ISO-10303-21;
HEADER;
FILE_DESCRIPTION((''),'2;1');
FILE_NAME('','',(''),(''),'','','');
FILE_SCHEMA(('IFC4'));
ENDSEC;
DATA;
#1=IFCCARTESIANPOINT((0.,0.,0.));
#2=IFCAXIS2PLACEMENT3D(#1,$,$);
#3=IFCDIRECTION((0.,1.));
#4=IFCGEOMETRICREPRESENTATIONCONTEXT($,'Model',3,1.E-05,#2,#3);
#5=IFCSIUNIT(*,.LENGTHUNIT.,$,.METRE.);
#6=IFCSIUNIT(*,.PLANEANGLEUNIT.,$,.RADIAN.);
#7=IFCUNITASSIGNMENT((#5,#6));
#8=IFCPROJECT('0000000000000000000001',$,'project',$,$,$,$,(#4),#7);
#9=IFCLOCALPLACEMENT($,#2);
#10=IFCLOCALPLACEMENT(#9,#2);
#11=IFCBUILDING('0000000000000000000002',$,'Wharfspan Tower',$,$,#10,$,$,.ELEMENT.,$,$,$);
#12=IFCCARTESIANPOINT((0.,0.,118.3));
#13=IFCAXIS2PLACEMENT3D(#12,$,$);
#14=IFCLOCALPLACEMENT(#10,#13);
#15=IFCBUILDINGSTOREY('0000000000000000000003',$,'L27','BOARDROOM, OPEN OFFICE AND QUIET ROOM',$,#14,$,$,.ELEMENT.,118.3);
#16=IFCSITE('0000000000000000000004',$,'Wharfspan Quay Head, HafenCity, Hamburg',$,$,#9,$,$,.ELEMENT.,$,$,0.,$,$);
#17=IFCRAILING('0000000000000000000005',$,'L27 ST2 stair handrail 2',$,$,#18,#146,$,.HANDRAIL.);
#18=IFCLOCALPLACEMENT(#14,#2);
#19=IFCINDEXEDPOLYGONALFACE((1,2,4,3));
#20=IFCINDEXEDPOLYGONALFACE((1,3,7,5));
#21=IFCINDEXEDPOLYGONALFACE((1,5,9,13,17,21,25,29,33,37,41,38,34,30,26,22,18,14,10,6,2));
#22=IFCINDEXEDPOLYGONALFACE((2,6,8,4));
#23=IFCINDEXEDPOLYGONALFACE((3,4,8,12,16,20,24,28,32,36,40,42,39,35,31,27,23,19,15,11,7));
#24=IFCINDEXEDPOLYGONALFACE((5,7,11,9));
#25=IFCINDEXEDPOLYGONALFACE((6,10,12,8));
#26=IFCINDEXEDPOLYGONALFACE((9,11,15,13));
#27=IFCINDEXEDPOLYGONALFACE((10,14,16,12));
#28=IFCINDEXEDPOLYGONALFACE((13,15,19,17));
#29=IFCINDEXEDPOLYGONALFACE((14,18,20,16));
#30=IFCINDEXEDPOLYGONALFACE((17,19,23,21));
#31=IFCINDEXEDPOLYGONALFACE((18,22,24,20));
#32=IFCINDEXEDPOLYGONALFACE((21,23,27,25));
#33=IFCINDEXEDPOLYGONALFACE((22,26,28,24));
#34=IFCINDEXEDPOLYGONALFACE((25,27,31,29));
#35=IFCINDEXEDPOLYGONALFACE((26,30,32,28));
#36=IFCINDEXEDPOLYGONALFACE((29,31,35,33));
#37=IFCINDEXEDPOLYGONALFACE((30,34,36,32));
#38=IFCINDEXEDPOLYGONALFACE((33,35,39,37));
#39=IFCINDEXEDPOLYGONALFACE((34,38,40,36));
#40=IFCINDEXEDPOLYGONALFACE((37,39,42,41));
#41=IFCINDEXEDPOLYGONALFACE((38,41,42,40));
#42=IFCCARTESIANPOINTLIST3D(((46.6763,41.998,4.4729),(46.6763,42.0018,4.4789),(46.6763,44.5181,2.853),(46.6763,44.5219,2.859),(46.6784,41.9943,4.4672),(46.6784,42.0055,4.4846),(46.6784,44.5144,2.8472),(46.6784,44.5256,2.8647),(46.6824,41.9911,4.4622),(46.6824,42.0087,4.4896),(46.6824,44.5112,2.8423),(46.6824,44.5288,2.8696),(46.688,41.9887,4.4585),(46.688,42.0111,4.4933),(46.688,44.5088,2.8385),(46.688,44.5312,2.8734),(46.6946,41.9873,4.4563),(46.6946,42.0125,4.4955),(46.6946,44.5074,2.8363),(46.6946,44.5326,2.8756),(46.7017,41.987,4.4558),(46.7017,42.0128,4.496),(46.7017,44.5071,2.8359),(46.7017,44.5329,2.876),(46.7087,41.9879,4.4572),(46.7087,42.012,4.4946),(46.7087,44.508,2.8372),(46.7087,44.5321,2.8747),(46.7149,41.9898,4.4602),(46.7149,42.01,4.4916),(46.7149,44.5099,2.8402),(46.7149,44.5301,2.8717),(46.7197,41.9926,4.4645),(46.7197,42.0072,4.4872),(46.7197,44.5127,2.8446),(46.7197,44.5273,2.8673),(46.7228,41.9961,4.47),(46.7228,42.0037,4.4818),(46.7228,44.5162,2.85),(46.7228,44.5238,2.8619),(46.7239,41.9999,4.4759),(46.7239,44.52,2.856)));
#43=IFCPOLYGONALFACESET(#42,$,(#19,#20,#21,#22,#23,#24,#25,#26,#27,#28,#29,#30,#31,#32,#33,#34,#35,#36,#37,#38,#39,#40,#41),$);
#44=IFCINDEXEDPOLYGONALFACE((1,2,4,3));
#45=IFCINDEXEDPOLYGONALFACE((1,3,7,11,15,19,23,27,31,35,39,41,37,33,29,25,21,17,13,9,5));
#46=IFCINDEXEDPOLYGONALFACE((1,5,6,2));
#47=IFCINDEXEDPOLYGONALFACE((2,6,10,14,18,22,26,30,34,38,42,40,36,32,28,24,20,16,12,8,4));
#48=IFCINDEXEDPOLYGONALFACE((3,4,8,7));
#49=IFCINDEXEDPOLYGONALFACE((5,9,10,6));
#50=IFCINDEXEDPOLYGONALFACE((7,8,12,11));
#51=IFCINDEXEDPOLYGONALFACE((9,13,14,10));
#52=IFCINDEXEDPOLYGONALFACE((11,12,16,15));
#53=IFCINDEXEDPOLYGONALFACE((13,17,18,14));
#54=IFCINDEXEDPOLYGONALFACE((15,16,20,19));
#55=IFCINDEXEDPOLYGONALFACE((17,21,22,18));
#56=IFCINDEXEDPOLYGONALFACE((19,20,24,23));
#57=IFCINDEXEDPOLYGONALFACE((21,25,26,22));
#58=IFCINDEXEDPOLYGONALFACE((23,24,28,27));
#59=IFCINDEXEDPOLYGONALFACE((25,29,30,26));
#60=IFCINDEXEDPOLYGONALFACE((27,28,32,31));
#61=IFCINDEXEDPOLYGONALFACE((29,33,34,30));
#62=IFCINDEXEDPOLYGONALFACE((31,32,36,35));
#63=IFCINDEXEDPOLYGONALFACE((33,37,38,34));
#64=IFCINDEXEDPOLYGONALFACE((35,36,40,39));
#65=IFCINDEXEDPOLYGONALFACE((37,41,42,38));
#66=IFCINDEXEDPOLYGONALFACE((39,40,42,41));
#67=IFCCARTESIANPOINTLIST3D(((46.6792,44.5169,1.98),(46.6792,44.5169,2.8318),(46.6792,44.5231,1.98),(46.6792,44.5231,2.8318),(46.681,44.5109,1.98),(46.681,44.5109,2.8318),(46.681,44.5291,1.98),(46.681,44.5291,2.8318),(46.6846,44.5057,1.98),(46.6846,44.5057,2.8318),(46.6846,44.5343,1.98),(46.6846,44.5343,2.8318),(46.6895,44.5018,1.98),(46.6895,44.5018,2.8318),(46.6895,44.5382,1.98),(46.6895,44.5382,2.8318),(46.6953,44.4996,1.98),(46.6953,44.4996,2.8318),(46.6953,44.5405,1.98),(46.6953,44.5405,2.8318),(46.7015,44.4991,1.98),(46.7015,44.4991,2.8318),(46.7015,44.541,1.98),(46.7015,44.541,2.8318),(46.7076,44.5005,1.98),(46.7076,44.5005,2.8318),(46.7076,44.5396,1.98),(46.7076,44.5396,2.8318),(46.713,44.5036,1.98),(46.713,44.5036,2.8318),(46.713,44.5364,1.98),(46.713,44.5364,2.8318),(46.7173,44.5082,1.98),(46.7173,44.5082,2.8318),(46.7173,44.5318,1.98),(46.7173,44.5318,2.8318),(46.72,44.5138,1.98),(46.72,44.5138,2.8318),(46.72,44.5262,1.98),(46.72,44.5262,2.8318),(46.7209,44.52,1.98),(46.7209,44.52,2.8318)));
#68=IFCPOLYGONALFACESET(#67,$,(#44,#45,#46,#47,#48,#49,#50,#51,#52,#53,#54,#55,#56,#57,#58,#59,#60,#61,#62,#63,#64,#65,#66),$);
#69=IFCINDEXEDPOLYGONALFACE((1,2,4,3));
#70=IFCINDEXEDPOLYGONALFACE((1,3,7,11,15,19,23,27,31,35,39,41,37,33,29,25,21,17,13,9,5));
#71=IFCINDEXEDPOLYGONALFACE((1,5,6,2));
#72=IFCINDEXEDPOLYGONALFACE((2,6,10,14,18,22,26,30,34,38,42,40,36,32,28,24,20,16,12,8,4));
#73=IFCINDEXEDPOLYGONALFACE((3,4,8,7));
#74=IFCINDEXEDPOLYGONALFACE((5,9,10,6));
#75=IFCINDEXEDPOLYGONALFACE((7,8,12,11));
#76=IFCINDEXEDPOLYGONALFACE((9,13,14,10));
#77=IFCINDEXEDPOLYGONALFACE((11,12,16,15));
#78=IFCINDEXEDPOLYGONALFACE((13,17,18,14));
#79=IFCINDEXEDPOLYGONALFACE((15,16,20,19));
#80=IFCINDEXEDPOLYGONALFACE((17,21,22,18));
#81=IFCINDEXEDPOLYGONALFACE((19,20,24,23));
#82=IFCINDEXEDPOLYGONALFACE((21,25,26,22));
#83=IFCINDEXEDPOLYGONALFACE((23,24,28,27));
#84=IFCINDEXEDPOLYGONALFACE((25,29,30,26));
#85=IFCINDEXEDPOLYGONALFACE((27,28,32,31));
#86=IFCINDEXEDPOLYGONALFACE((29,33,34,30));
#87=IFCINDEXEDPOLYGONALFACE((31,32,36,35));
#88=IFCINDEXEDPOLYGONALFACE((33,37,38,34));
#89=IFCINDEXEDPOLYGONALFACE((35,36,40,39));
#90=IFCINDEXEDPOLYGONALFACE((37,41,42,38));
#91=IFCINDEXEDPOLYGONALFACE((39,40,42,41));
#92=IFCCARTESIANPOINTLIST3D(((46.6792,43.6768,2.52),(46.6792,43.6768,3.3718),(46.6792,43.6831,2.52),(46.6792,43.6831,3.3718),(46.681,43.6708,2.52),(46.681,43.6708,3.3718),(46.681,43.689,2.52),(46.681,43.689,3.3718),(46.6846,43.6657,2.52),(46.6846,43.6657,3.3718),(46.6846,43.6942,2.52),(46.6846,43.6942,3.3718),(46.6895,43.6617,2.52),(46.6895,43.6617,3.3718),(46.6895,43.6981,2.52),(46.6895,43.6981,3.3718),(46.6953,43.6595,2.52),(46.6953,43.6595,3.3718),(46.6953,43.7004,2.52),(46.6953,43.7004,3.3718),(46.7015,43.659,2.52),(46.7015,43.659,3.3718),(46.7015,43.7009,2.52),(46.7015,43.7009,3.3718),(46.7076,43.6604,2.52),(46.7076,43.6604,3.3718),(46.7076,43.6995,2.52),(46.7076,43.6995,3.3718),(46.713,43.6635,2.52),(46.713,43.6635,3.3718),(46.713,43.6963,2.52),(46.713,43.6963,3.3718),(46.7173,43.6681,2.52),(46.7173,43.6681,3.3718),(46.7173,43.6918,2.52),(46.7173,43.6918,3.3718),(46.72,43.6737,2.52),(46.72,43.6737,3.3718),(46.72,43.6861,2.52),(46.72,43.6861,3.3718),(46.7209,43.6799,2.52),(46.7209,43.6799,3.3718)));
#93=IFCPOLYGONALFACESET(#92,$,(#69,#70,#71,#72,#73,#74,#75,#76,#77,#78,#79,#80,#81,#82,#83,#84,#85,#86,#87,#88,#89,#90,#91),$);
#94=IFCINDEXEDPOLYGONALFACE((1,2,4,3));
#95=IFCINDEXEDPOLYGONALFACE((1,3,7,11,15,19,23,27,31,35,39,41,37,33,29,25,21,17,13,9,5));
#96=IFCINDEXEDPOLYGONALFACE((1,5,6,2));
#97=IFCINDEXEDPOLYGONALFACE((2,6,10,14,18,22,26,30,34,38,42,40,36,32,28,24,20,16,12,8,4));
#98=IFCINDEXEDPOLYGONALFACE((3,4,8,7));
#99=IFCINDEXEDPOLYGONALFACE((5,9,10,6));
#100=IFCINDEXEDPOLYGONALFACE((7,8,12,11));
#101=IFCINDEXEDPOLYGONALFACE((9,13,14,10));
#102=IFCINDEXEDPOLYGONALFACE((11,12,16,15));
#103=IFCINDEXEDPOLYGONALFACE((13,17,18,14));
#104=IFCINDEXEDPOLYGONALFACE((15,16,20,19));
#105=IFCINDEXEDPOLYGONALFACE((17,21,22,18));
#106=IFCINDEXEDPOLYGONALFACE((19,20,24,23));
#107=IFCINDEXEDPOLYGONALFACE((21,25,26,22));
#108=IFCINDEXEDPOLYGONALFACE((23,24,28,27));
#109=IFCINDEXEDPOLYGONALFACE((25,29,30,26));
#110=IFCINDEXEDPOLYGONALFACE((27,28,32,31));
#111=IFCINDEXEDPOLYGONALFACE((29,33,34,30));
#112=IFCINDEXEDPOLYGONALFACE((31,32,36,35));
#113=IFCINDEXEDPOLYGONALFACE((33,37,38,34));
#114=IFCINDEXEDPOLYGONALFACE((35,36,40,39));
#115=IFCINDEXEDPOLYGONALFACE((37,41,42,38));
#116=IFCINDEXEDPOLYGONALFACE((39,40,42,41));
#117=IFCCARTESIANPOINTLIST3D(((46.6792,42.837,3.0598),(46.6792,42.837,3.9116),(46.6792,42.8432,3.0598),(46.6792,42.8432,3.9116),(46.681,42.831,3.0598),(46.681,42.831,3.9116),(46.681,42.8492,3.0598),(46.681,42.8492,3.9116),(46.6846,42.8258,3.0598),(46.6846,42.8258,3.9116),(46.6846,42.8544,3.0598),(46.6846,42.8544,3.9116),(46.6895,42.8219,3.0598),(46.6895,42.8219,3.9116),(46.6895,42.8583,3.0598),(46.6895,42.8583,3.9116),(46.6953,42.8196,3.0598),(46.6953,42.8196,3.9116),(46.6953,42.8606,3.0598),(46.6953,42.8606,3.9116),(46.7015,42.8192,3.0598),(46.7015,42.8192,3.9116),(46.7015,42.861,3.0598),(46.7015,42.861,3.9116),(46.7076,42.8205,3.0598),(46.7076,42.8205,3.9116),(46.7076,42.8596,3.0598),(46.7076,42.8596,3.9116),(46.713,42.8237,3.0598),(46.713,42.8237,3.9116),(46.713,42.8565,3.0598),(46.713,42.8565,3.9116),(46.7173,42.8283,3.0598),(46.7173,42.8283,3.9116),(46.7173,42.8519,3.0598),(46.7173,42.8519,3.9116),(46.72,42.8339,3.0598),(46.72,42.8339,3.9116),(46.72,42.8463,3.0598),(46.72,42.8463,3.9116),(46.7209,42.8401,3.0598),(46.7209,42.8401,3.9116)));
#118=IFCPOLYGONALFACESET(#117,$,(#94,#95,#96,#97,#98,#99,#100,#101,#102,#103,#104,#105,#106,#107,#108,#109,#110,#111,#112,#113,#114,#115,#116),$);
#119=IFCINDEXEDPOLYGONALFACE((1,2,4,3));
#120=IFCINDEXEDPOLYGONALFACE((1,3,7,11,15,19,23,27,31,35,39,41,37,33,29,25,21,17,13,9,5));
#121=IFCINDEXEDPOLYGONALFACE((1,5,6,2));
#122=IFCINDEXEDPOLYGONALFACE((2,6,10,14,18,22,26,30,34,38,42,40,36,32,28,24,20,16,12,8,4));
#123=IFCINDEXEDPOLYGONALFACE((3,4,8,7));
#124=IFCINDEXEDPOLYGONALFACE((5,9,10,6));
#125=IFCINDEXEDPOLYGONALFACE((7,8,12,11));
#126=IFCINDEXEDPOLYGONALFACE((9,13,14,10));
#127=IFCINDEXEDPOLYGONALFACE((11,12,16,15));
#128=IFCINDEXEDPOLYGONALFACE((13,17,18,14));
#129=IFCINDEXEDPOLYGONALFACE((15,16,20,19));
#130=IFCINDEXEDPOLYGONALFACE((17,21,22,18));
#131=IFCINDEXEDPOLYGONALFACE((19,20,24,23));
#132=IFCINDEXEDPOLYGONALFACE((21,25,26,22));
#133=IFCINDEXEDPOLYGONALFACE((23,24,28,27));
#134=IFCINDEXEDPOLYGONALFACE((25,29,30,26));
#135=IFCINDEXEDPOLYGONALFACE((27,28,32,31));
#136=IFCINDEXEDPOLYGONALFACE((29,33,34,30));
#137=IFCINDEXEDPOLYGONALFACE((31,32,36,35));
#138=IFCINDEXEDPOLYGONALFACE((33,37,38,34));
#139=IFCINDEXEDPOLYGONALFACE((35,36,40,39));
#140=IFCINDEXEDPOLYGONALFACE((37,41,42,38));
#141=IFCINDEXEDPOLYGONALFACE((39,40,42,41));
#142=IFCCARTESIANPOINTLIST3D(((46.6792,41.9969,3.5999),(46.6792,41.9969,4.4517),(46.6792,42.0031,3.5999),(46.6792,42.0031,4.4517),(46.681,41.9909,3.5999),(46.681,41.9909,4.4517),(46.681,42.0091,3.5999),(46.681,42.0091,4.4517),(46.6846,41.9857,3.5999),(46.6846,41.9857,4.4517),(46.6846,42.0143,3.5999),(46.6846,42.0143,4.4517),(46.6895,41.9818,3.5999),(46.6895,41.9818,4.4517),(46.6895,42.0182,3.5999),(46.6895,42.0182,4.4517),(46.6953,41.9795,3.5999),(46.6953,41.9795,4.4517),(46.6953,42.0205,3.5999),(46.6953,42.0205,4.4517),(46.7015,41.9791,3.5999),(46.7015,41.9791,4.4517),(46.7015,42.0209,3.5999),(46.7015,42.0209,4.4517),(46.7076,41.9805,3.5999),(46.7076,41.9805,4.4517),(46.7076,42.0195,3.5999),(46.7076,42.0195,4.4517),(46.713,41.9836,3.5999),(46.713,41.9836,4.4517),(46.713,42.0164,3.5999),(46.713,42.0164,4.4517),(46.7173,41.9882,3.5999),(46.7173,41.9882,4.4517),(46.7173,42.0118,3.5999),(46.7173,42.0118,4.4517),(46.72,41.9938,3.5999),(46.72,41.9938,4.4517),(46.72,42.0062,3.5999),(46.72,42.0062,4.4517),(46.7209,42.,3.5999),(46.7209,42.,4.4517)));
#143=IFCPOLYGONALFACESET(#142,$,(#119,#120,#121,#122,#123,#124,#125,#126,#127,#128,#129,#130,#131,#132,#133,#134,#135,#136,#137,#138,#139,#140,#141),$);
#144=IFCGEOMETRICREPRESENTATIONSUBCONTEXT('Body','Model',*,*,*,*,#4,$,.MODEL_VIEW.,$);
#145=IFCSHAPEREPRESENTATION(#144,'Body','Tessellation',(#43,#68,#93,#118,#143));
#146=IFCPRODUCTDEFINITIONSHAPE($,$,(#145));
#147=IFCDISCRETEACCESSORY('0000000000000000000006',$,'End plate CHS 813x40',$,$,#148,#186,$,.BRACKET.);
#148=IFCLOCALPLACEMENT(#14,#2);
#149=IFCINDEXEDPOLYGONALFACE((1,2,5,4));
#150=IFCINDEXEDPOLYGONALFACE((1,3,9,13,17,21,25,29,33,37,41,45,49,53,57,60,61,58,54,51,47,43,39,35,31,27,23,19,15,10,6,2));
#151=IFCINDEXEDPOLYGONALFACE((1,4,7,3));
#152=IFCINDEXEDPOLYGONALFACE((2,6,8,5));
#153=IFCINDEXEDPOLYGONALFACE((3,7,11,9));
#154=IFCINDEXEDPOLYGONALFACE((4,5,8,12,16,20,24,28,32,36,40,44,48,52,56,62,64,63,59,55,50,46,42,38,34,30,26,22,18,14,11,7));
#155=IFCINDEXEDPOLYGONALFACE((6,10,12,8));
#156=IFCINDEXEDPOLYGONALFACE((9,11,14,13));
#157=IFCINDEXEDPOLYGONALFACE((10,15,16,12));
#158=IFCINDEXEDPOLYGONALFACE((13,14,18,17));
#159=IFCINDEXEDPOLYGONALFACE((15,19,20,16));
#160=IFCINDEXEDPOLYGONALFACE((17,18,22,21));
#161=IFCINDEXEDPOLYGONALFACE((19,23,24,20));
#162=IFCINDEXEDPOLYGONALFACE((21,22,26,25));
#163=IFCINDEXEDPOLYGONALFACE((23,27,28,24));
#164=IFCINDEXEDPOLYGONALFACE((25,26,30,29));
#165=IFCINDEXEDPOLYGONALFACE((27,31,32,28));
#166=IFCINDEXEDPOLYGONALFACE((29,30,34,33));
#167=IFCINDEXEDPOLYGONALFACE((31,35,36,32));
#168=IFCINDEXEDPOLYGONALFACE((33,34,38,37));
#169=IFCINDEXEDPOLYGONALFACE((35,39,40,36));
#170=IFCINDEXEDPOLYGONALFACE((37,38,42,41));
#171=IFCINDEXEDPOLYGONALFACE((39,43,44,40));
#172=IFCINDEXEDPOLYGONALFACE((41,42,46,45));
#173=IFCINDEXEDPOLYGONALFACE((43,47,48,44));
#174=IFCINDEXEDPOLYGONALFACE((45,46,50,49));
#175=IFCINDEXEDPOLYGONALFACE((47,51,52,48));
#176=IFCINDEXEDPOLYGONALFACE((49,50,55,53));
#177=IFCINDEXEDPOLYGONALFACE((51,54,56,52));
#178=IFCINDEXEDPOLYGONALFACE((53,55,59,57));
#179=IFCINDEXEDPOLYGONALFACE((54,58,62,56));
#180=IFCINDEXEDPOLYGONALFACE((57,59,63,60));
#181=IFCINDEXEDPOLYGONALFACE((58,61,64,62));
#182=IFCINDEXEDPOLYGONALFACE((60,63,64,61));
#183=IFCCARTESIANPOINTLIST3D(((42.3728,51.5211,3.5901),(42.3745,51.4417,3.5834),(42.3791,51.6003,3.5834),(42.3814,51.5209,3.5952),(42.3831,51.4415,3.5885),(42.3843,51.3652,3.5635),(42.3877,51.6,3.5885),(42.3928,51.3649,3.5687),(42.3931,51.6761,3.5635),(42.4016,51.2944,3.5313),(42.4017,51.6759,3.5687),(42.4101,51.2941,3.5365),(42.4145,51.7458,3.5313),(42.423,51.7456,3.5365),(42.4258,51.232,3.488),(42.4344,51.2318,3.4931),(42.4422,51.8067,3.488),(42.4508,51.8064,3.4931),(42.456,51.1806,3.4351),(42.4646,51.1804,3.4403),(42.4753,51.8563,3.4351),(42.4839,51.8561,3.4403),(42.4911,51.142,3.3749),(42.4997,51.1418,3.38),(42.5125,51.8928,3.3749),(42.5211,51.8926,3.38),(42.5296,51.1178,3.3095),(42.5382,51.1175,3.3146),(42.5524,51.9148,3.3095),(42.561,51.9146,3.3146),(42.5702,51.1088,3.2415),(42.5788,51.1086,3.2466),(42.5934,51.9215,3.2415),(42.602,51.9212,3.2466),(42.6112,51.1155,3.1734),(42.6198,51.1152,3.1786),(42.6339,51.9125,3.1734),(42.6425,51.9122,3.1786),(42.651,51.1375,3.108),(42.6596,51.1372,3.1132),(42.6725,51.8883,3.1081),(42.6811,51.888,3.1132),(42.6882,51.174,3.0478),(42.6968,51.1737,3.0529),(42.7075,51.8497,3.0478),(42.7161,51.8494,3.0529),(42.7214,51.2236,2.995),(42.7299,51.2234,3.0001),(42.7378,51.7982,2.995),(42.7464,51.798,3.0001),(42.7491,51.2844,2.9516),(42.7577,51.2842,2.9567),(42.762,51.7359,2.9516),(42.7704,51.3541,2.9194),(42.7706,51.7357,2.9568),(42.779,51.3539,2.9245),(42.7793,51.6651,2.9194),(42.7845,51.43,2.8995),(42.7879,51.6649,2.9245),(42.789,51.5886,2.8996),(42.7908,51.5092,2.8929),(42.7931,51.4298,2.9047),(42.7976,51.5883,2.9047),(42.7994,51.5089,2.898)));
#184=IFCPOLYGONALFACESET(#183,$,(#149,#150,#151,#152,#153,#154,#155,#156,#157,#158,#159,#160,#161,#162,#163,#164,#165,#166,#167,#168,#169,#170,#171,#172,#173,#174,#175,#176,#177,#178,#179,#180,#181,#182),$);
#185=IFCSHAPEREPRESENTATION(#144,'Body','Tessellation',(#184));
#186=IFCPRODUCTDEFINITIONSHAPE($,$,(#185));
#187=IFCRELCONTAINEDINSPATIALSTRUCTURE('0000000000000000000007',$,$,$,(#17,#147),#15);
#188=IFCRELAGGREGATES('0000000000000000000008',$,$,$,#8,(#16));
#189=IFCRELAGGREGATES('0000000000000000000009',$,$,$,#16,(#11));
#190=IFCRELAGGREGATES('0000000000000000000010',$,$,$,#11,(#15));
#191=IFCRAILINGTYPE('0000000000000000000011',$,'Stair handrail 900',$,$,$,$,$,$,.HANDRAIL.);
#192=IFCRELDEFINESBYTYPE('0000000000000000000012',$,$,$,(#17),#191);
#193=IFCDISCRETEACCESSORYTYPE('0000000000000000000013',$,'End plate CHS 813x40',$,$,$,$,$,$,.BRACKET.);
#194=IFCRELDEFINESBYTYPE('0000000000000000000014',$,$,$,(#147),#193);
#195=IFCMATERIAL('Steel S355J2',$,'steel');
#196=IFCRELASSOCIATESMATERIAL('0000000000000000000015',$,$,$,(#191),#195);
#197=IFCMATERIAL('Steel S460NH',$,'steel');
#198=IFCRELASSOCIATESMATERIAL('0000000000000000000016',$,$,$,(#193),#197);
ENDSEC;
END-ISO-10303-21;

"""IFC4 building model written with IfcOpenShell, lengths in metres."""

from ifc_helpers import new_model, si_unit, direction, frame, origin, origin_2d, place, context, subcontext, project, spatial, circle, extrude, material, material_profile, profile_set, type_object, element, save


model = new_model("IFC4")

# Units and contexts
model_context = context("Model", 3, precision=1e-05, world=origin(), true_north=direction((0.0, 1.0)))
body_context = subcontext(model_context, "Body", "Model", "MODEL_VIEW")
ifc_project = project(units=[si_unit("LENGTHUNIT", "METRE"), si_unit("PLANEANGLEUNIT", "RADIAN")], contexts=[model_context])

# Site, building, storey
site_placement = place(None, origin())
site = spatial("IfcSite", under=ifc_project, at=site_placement, Name="Wharfspan Quay Head, HafenCity, Hamburg", CompositionType="ELEMENT", RefElevation=0.0)
building_placement = place(site_placement, origin())
building = spatial("IfcBuilding", under=site, at=building_placement, Name="Wharfspan Tower", CompositionType="ELEMENT")
storey_placement = place(building_placement, frame((0.0, 0.0, 118.3)))
storey = spatial("IfcBuildingStorey", under=building, at=storey_placement, Name="L27", Description="BOARDROOM, OPEN OFFICE AND QUIET ROOM", CompositionType="ELEMENT", Elevation=118.3)

# Shared definitions
ifc_material_1 = material(Name="Steel S355J2", Category="steel")

# Shared definitions
ifc_material_2 = material(Name="Steel S460NH", Category="steel")

# Railing
railing_type_1 = type_object("IfcRailingType", Name="Stair handrail 900", PredefinedType="HANDRAIL", material=ifc_material_1)
railing_1_placement = place(storey_placement, frame((46.7, 44.52, 1.98)))
element("IfcRailing", 1, at=railing_1_placement, inside=storey, type_object=railing_type_1, Name="L27 ST2 stair handrail 2", PredefinedType="HANDRAIL", context=body_context, shape_type="SweptSolid", body=[
    extrude(circle(Radius=0.0239, at=origin_2d()), frame((0.0, 0.0, 0.876), z_axis=(0.0, -0.8412, 0.540725), x_axis=(1.0, 0.0, 0.0)), (0.0, 0.0, 1.0), 2.9958),
    extrude(circle(Radius=0.021, at=origin_2d()), origin(), (0.0, 0.0, 1.0), 0.8518),
    extrude(circle(Radius=0.021, at=origin_2d()), frame((0.0, -0.8401, 0.54)), (0.0, 0.0, 1.0), 0.8518),
    extrude(circle(Radius=0.021, at=origin_2d()), frame((0.0, -1.6799, 1.0798)), (0.0, 0.0, 1.0), 0.8518),
    extrude(circle(Radius=0.021, at=origin_2d()), frame((0.0, -2.52, 1.6199)), (0.0, 0.0, 1.0), 0.8518),
])

# Discrete accessory
ifc_material_profile_1 = material_profile(ifc_material_2, circle(Radius=0.4065, at=origin_2d()))
ifc_profile_set_1 = profile_set([ifc_material_profile_1], Name="Steel S460NH")
discrete_accessory_type = type_object("IfcDiscreteAccessoryType", Name="End plate CHS 813x40", PredefinedType="BRACKET", material=ifc_profile_set_1)
for number, where, z_axis, x_axis, name in (
    (2, (42.5818, 51.5151, 3.2415), (0.857236, -0.024492, 0.514341), (0.028558, 0.999591, 0.000002), "End plate CHS 813x40"),
):
    element("IfcDiscreteAccessory", number, at=place(storey_placement, frame(where, z_axis=z_axis, x_axis=x_axis)), inside=storey, type_object=discrete_accessory_type, Name=name, PredefinedType="BRACKET", context=body_context, shape_type="SweptSolid", body=[
        extrude(circle(Radius=0.4065, at=origin_2d()), origin(), (0.0, 0.0, 1.0), 0.01),
    ])

save(model, "model.ifc")
